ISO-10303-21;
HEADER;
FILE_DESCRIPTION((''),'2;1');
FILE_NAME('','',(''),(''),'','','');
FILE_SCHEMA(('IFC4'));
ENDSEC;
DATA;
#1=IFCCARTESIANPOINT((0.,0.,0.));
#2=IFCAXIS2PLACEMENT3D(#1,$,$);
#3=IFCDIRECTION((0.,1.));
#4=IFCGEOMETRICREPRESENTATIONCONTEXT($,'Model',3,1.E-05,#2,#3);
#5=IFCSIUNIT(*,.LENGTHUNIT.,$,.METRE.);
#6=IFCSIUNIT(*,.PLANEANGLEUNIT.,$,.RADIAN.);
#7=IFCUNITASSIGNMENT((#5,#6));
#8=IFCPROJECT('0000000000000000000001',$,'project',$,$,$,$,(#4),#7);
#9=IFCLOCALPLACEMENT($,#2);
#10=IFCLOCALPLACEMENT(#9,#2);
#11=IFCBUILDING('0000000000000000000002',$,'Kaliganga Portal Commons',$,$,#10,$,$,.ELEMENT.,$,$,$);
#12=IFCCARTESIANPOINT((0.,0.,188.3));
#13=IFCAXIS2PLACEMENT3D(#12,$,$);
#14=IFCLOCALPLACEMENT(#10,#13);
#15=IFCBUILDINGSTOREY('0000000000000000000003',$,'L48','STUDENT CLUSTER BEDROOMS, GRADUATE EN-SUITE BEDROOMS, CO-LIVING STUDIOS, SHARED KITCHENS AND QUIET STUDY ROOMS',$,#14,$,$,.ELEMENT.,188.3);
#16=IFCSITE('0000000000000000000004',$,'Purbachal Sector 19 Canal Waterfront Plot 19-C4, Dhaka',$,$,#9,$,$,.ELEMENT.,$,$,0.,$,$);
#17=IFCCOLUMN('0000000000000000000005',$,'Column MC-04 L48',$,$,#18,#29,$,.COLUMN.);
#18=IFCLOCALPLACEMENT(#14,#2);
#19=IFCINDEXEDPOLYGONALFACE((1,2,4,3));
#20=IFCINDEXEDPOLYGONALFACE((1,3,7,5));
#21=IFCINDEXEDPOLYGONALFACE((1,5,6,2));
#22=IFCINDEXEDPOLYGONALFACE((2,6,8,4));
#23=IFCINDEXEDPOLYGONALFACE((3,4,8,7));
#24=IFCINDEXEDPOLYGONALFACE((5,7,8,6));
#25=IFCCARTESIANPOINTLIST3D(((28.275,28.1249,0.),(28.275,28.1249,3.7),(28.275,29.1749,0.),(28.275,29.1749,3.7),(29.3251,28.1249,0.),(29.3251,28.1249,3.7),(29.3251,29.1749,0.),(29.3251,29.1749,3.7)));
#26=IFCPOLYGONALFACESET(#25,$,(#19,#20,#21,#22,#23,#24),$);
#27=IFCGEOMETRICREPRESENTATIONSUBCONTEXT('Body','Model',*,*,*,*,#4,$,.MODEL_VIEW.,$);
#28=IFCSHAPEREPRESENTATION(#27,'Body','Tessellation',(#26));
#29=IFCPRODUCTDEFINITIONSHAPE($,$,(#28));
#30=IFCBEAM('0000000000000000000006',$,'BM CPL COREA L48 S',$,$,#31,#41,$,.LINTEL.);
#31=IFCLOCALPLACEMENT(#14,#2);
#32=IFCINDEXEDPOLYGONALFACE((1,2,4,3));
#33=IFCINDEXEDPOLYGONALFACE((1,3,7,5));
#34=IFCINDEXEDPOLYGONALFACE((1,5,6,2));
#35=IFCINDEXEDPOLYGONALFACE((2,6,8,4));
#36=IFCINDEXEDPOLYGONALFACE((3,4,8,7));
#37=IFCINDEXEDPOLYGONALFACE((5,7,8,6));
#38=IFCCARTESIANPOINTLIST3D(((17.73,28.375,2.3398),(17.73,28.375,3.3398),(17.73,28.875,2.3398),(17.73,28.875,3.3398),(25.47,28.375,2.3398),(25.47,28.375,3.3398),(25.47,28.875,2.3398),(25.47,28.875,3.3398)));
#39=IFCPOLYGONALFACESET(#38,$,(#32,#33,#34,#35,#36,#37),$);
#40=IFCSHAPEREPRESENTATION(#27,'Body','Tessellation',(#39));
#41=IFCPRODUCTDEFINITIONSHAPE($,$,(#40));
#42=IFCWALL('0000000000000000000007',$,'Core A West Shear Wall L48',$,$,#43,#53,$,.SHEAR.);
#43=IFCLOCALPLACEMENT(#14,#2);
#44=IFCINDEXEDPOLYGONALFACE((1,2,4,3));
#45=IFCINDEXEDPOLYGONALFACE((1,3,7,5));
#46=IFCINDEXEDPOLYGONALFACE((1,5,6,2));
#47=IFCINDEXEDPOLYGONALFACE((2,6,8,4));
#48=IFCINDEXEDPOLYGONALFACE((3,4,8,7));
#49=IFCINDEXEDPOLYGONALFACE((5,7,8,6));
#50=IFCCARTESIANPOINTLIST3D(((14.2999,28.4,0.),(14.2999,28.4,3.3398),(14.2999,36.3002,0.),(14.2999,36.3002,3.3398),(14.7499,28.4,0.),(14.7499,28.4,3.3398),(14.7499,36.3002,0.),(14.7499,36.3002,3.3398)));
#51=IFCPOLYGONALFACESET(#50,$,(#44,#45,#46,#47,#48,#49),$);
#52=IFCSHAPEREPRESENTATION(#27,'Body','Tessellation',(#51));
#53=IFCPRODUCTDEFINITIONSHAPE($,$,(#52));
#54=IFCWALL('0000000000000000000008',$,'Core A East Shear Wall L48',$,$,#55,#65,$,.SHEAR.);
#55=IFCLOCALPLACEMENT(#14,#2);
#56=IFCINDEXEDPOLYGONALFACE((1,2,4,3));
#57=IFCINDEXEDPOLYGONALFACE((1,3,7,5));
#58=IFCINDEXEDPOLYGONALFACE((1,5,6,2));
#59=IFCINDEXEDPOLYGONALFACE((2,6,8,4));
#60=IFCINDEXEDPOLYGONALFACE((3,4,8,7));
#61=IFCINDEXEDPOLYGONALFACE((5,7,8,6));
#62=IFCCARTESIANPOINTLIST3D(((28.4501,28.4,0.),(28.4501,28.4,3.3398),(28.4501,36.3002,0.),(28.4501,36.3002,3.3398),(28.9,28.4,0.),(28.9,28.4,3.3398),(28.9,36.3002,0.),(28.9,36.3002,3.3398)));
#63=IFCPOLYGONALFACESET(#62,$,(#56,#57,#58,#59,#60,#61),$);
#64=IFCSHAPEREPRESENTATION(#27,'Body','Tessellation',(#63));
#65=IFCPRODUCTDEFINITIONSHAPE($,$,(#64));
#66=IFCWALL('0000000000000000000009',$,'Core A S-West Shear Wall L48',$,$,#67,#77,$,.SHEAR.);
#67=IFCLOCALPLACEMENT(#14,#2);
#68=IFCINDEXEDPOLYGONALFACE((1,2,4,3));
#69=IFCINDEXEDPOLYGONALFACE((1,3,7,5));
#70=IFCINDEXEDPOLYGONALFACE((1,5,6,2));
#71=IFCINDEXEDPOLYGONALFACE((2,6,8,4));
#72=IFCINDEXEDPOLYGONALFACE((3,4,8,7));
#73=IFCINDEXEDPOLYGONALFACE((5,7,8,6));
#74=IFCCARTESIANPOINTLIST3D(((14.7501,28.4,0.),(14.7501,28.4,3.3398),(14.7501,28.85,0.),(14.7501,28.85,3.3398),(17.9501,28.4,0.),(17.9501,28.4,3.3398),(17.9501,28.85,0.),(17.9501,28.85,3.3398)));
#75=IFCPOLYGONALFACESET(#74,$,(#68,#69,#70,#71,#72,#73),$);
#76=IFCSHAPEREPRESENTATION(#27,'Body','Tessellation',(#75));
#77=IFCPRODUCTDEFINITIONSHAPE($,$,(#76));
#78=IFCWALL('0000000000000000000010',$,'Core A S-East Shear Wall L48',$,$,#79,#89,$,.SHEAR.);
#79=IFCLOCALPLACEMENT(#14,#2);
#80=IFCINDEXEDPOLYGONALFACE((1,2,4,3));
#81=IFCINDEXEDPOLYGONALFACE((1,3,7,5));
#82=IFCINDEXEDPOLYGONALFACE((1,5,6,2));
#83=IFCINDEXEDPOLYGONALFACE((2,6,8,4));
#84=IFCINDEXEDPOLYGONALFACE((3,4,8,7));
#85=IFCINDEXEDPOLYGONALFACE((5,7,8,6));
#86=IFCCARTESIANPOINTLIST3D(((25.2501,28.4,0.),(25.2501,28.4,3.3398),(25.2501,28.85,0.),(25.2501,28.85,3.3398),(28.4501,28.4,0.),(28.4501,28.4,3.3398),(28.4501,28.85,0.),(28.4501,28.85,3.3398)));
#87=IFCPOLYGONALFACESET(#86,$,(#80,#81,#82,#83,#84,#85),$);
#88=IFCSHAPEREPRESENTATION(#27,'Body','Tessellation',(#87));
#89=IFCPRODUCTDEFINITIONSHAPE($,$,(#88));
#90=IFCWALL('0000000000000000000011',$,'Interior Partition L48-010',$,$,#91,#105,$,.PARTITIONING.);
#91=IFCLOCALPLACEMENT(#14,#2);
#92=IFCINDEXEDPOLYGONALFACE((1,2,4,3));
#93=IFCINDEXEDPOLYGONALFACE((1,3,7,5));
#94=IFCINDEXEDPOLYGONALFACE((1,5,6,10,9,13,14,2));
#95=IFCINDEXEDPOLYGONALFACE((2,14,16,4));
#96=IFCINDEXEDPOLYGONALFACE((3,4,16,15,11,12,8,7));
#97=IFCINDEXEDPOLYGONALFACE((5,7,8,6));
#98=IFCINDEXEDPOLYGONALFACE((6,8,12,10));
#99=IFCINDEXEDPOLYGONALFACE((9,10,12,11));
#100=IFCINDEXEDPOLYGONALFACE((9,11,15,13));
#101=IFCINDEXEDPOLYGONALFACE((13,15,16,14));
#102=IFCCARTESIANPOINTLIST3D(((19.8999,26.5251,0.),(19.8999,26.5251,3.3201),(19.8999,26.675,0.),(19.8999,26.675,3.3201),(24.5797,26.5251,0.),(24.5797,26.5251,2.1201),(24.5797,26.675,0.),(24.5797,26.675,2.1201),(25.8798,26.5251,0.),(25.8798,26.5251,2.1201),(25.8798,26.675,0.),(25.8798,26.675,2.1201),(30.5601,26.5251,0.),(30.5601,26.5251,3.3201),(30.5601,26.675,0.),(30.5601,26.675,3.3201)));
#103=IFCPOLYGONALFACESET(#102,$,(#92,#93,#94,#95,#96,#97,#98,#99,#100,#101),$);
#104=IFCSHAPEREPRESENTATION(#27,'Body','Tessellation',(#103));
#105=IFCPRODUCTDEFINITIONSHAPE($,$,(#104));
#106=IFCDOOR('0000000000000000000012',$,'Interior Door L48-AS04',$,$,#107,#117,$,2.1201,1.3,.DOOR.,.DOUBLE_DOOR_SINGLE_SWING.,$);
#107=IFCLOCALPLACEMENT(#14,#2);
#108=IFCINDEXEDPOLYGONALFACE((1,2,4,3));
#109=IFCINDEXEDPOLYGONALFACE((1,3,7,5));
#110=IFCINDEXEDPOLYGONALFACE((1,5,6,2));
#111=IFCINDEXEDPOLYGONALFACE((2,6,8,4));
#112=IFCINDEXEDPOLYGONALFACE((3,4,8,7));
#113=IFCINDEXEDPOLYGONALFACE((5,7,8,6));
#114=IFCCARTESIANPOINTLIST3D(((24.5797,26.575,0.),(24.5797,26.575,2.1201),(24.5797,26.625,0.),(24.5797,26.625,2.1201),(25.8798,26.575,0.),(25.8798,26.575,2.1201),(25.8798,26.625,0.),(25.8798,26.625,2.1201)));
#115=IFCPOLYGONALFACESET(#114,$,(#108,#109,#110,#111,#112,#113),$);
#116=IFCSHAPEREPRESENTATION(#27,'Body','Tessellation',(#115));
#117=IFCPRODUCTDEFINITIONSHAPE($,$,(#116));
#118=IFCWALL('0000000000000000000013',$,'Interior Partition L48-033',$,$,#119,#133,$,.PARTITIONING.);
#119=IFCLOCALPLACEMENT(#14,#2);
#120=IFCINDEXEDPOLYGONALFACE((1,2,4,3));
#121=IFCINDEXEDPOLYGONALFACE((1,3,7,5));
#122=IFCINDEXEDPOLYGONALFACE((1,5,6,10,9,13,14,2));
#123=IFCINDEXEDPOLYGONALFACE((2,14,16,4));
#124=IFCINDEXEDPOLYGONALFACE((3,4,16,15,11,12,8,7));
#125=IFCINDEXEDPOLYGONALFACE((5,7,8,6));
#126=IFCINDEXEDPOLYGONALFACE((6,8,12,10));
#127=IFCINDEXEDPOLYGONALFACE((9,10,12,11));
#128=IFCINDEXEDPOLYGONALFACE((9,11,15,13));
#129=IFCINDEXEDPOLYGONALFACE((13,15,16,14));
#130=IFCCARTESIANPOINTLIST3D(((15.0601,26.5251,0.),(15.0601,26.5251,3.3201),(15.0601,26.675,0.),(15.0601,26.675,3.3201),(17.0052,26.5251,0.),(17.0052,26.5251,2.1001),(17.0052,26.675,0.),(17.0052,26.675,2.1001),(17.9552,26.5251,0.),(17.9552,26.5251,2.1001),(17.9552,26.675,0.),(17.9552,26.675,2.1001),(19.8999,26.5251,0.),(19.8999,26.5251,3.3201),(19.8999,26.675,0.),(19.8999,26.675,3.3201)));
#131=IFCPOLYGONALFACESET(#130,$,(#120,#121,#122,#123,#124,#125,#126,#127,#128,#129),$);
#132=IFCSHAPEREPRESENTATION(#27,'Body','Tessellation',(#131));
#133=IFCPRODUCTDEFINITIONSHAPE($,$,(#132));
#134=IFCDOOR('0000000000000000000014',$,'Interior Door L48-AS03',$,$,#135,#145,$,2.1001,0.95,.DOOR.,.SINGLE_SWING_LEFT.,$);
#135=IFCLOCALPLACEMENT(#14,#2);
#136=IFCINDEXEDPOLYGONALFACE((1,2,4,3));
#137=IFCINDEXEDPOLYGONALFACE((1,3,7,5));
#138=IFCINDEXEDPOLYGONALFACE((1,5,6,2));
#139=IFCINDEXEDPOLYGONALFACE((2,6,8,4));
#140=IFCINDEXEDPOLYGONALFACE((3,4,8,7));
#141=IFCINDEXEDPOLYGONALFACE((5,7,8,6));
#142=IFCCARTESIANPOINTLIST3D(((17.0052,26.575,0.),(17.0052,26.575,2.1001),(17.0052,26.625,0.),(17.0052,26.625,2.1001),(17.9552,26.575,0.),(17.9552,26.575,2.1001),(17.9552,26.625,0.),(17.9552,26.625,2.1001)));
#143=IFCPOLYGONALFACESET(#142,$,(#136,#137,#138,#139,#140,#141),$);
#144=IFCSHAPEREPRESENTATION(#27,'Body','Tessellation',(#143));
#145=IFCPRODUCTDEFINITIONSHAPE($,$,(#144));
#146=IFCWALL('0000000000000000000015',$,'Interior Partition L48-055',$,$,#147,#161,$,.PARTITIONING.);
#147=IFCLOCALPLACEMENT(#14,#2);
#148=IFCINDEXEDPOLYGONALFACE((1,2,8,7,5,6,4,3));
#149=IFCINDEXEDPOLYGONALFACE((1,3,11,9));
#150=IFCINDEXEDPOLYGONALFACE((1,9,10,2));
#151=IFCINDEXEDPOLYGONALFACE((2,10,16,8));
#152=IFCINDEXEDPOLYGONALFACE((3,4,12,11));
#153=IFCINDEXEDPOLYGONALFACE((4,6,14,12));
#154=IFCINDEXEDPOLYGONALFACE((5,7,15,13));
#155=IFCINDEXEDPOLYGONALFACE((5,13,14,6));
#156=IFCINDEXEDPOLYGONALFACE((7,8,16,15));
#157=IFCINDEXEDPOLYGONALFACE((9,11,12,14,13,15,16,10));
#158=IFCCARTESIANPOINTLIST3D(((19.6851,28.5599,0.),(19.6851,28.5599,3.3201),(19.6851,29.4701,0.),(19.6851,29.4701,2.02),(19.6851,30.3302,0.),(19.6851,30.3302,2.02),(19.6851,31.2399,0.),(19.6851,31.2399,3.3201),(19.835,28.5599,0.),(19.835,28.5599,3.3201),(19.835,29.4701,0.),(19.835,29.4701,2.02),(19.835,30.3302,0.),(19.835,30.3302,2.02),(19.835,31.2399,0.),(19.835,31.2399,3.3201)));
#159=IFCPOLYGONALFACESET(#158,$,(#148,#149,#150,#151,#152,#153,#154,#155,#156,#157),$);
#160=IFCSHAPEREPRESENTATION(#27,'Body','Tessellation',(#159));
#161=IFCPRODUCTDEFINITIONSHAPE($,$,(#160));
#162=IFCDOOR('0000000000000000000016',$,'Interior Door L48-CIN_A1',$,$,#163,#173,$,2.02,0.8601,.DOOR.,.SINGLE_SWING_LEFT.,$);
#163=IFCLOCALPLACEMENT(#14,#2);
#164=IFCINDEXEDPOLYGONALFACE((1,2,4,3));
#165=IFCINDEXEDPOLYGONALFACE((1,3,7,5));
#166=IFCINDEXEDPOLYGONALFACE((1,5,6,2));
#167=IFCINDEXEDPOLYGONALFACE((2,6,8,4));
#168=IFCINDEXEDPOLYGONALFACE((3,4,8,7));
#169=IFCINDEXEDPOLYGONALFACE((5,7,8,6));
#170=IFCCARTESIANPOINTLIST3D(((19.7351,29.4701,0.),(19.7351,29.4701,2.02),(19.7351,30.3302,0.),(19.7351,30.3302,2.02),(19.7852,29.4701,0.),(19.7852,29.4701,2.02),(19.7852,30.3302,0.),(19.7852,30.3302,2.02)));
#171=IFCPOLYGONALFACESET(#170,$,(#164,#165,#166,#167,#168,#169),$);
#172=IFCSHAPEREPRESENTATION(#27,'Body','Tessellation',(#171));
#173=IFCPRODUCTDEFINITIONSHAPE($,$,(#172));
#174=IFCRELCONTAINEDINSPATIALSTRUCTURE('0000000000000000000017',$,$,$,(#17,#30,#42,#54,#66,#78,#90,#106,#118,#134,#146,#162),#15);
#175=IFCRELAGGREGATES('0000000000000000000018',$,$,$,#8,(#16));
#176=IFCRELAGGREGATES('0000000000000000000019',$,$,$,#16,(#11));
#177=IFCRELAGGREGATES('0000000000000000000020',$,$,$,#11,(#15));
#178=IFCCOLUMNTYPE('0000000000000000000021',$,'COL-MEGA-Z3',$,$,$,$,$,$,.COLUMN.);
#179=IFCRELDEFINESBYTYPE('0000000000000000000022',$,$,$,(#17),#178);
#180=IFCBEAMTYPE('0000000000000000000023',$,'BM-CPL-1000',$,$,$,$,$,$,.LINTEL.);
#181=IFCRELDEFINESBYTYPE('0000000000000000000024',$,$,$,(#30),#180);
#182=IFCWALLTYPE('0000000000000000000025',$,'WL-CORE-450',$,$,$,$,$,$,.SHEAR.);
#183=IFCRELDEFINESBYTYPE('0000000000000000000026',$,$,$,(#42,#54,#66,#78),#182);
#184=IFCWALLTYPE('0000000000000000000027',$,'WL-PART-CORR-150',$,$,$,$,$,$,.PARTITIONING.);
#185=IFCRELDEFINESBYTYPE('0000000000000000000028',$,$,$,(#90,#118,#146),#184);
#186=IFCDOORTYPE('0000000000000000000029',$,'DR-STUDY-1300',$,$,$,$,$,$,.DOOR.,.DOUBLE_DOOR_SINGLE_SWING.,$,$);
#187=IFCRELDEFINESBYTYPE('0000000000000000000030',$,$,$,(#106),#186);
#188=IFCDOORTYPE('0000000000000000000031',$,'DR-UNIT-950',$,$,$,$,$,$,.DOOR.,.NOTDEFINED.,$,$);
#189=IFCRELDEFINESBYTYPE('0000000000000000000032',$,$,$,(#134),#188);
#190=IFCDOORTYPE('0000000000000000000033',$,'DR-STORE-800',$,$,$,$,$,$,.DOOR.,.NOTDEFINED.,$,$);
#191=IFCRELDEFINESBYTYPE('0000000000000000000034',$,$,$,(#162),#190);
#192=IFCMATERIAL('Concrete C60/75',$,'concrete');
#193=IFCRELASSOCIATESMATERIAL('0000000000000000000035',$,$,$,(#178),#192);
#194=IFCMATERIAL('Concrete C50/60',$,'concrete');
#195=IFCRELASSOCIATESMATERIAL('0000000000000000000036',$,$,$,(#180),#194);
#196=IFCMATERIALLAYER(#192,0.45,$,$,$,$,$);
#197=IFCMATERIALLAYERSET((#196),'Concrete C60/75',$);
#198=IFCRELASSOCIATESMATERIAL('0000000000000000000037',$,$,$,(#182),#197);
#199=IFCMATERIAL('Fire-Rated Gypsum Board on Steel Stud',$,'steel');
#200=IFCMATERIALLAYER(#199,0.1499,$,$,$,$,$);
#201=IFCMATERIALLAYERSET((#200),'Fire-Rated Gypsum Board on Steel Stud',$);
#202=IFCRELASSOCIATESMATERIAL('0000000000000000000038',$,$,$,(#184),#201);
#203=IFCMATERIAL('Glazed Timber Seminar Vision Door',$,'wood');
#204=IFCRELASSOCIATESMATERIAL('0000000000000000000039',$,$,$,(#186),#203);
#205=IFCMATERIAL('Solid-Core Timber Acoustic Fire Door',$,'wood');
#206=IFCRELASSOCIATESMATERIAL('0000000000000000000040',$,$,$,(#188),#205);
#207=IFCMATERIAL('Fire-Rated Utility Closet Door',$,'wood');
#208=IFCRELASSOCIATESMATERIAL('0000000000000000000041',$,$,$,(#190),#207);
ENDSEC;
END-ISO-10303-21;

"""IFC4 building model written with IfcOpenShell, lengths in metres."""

from ifc_helpers import new_model, si_unit, direction, frame, frame_2d, origin, origin_2d, place, context, subcontext, project, spatial, rectangle, extrude, source, transform, mapped, material, layer, layer_set, material_profile, profile_set, type_object, element, fill, save


model = new_model("IFC4")

# Units and contexts
model_context = context("Model", 3, precision=1e-05, world=origin(), true_north=direction((0.0, 1.0)))
body_context = subcontext(model_context, "Body", "Model", "MODEL_VIEW")
ifc_project = project(units=[si_unit("LENGTHUNIT", "METRE"), si_unit("PLANEANGLEUNIT", "RADIAN")], contexts=[model_context])

# Site, building, storey
site_placement = place(None, origin())
site = spatial("IfcSite", under=ifc_project, at=site_placement, Name="Purbachal Sector 19 Canal Waterfront Plot 19-C4, Dhaka", CompositionType="ELEMENT", RefElevation=0.0)
building_placement = place(site_placement, origin())
building = spatial("IfcBuilding", under=site, at=building_placement, Name="Kaliganga Portal Commons", CompositionType="ELEMENT")
storey_placement = place(building_placement, frame((0.0, 0.0, 188.3)))
storey = spatial("IfcBuildingStorey", under=building, at=storey_placement, Name="L48", Description="STUDENT CLUSTER BEDROOMS, GRADUATE EN-SUITE BEDROOMS, CO-LIVING STUDIOS, SHARED KITCHENS AND QUIET STUDY ROOMS", CompositionType="ELEMENT", Elevation=188.3)

# Column
ifc_material_1 = material(Name="Concrete C60/75", Category="concrete")
ifc_material_profile_1 = material_profile(ifc_material_1, rectangle(XDim=1.05, YDim=1.05, at=origin_2d()), Name="RC 1050x1050")
ifc_profile_set_1 = profile_set([ifc_material_profile_1], Name="Concrete C60/75")
column_type = type_object("IfcColumnType", Name="COL-MEGA-Z3", PredefinedType="COLUMN", material=ifc_profile_set_1)
shared_shape_1 = source(origin(), body_context, "Body", "SweptSolid", [
    extrude(rectangle(XDim=1.05, YDim=1.05, at=origin_2d()), origin(), (0.0, 0.0, 1.0), 3.7),
])
column_placement = place(storey_placement, frame((28.8, 28.6499, 0.0), z_axis=(0.0, 0.0, 1.0), x_axis=(1.0, 0.0, 0.0)))
element("IfcColumn", 1, at=column_placement, inside=storey, type_object=column_type, Name="Column MC-04 L48", PredefinedType="COLUMN", context=body_context, shape_type="MappedRepresentation", body=[
    mapped(shared_shape_1, transform((0.0, 0.0, 0.0), x_axis=(1.0, 0.0, 0.0), y_axis=(0.0, 1.0, 0.0), z_axis=(0.0, 0.0, 1.0), scale=1.0)),
])

# Beam
ifc_material_2 = material(Name="Concrete C50/60", Category="concrete")
ifc_material_profile_2 = material_profile(ifc_material_2, rectangle(XDim=0.5, YDim=1.0, at=origin_2d()), Name="RC 500x1000")
ifc_profile_set_2 = profile_set([ifc_material_profile_2], Name="Concrete C50/60")
beam_type = type_object("IfcBeamType", Name="BM-CPL-1000", PredefinedType="LINTEL", material=ifc_profile_set_2)
shared_shape_2 = source(origin(), body_context, "Body", "SweptSolid", [
    extrude(rectangle(XDim=0.5, YDim=1.0, at=origin_2d()), origin(), (0.0, 0.0, 1.0), 7.74),
])
beam_placement = place(storey_placement, frame((17.73, 28.625, 2.8398), z_axis=(1.0, 0.0, 0.0), x_axis=(0.0, 1.0, 0.0)))
element("IfcBeam", 2, at=beam_placement, inside=storey, type_object=beam_type, Name="BM CPL COREA L48 S", PredefinedType="LINTEL", context=body_context, shape_type="MappedRepresentation", body=[
    mapped(shared_shape_2, transform((0.0, 0.0, 0.0), x_axis=(1.0, 0.0, 0.0), y_axis=(0.0, 1.0, 0.0), z_axis=(0.0, 0.0, 1.0), scale=1.0)),
])

# Walls
ifc_layer_1 = layer(ifc_material_1, 0.45)
ifc_layer_set_1 = layer_set([ifc_layer_1], Name="Concrete C60/75")
wall_type_1 = type_object("IfcWallType", Name="WL-CORE-450", PredefinedType="SHEAR", material=ifc_layer_set_1)
for number, where, z_axis, x_axis, name in (
    (3, (14.5249, 28.3999, 0.0), (0.0, 0.0, 1.0), (0.0, 1.0, 0.0), "Core A West Shear Wall L48"),
    (4, (28.675, 28.3999, 0.0), (0.0, 0.0, 1.0), (0.0, 1.0, 0.0), "Core A East Shear Wall L48"),
):
    element("IfcWall", number, at=place(storey_placement, frame(where, z_axis=z_axis, x_axis=x_axis)), inside=storey, type_object=wall_type_1, Name=name, PredefinedType="SHEAR", context=body_context, shape_type="SweptSolid", body=[
        extrude(rectangle(XDim=7.9001, YDim=0.45, at=frame_2d((3.9502, 0.0))), origin(), (0.0, 0.0, 1.0), 3.3398),
    ])
for number, where, z_axis, x_axis, name in (
    (5, (14.75, 28.625, 0.0), (0.0, 0.0, 1.0), (1.0, 0.0, 0.0), "Core A S-West Shear Wall L48"),
    (6, (25.25, 28.625, 0.0), (0.0, 0.0, 1.0), (1.0, 0.0, 0.0), "Core A S-East Shear Wall L48"),
):
    element("IfcWall", number, at=place(storey_placement, frame(where, z_axis=z_axis, x_axis=x_axis)), inside=storey, type_object=wall_type_1, Name=name, PredefinedType="SHEAR", context=body_context, shape_type="SweptSolid", body=[
        extrude(rectangle(XDim=3.2, YDim=0.45, at=frame_2d((1.6001, 0.0))), origin(), (0.0, 0.0, 1.0), 3.3398),
    ])

# Walls, openings, doors
ifc_material_3 = material(Name="Fire-Rated Gypsum Board on Steel Stud", Category="steel")
ifc_layer_2 = layer(ifc_material_3, 0.1499)
ifc_layer_set_2 = layer_set([ifc_layer_2], Name="Fire-Rated Gypsum Board on Steel Stud")
wall_type_2 = type_object("IfcWallType", Name="WL-PART-CORR-150", PredefinedType="PARTITIONING", material=ifc_layer_set_2)
wall_1_placement = place(storey_placement, frame((19.8999, 26.6001, 0.0), z_axis=(0.0, 0.0, 1.0), x_axis=(1.0, 0.0, 0.0)))
wall_1 = element("IfcWall", 7, at=wall_1_placement, inside=storey, type_object=wall_type_2, Name="Interior Partition L48-010", PredefinedType="PARTITIONING", context=body_context, shape_type="SweptSolid", body=[
    extrude(rectangle(XDim=10.6602, YDim=0.1499, at=frame_2d((5.3301, 0.0))), origin(), (0.0, 0.0, 1.0), 3.3201),
])
opening_1_placement = place(wall_1_placement, frame((4.6799, 0.0, 0.0)))
opening_1 = element("IfcOpeningElement", 8, at=opening_1_placement, cuts=wall_1, PredefinedType="OPENING", context=body_context, shape_type="SweptSolid", body=[
    extrude(rectangle(XDim=1.3, YDim=2.1201, at=frame_2d((0.6499, 1.0601))), frame((0.0, 0.085, 0.0), z_axis=(0.0, -1.0, 0.0), x_axis=(1.0, 0.0, 0.0)), (0.0, 0.0, 1.0), 0.1699),
])
ifc_material_4 = material(Name="Glazed Timber Seminar Vision Door", Category="wood")
door_type_1 = type_object("IfcDoorType", Name="DR-STUDY-1300", OperationType="DOUBLE_DOOR_SINGLE_SWING", PredefinedType="DOOR", material=ifc_material_4)
door_1_placement = place(opening_1_placement, origin())
door_1 = element("IfcDoor", 9, at=door_1_placement, inside=storey, type_object=door_type_1, Name="Interior Door L48-AS04", OperationType="DOUBLE_DOOR_SINGLE_SWING", OverallHeight=2.1201, OverallWidth=1.3, PredefinedType="DOOR", context=body_context, shape_type="SweptSolid", body=[
    extrude(rectangle(XDim=1.3, YDim=2.1201, at=frame_2d((0.6499, 1.0601))), frame((0.0, 0.0249, 0.0), z_axis=(0.0, -1.0, 0.0), x_axis=(1.0, 0.0, 0.0)), (0.0, 0.0, 1.0), 0.05),
])
fill(opening_1, door_1)
wall_2_placement = place(storey_placement, frame((15.0601, 26.6001, 0.0), z_axis=(0.0, 0.0, 1.0), x_axis=(1.0, 0.0, 0.0)))
wall_2 = element("IfcWall", 10, at=wall_2_placement, inside=storey, type_object=wall_type_2, Name="Interior Partition L48-033", PredefinedType="PARTITIONING", context=body_context, shape_type="SweptSolid", body=[
    extrude(rectangle(XDim=4.8398, YDim=0.1499, at=frame_2d((2.4199, 0.0))), origin(), (0.0, 0.0, 1.0), 3.3201),
])
opening_2_placement = place(wall_2_placement, frame((1.9451, 0.0, 0.0)))
opening_2 = element("IfcOpeningElement", 11, at=opening_2_placement, cuts=wall_2, PredefinedType="OPENING", context=body_context, shape_type="SweptSolid", body=[
    extrude(rectangle(XDim=0.95, YDim=2.1001, at=frame_2d((0.4751, 1.05))), frame((0.0, 0.085, 0.0), z_axis=(0.0, -1.0, 0.0), x_axis=(1.0, 0.0, 0.0)), (0.0, 0.0, 1.0), 0.1699),
])
ifc_material_5 = material(Name="Solid-Core Timber Acoustic Fire Door", Category="wood")
door_type_2 = type_object("IfcDoorType", Name="DR-UNIT-950", OperationType="NOTDEFINED", PredefinedType="DOOR", material=ifc_material_5)
door_2_placement = place(opening_2_placement, origin())
door_2 = element("IfcDoor", 12, at=door_2_placement, inside=storey, type_object=door_type_2, Name="Interior Door L48-AS03", OperationType="SINGLE_SWING_LEFT", OverallHeight=2.1001, OverallWidth=0.95, PredefinedType="DOOR", context=body_context, shape_type="SweptSolid", body=[
    extrude(rectangle(XDim=0.95, YDim=2.1001, at=frame_2d((0.4751, 1.05))), frame((0.0, 0.0249, 0.0), z_axis=(0.0, -1.0, 0.0), x_axis=(1.0, 0.0, 0.0)), (0.0, 0.0, 1.0), 0.05),
])
fill(opening_2, door_2)
wall_3_placement = place(storey_placement, frame((19.76, 28.5601, 0.0), z_axis=(0.0, 0.0, 1.0), x_axis=(0.0, 1.0, 0.0)))
wall_3 = element("IfcWall", 13, at=wall_3_placement, inside=storey, type_object=wall_type_2, Name="Interior Partition L48-055", PredefinedType="PARTITIONING", context=body_context, shape_type="SweptSolid", body=[
    extrude(rectangle(XDim=2.6799, YDim=0.1499, at=frame_2d((1.3398, 0.0))), origin(), (0.0, 0.0, 1.0), 3.3201),
])
opening_3_placement = place(wall_3_placement, frame((0.9099, 0.0, 0.0)))
opening_3 = element("IfcOpeningElement", 14, at=opening_3_placement, cuts=wall_3, PredefinedType="OPENING", context=body_context, shape_type="SweptSolid", body=[
    extrude(rectangle(XDim=0.8601, YDim=2.02, at=frame_2d((0.4302, 1.01))), frame((0.0, 0.085, 0.0), z_axis=(0.0, -1.0, 0.0), x_axis=(1.0, 0.0, 0.0)), (0.0, 0.0, 1.0), 0.1699),
])
ifc_material_6 = material(Name="Fire-Rated Utility Closet Door", Category="wood")
door_type_3 = type_object("IfcDoorType", Name="DR-STORE-800", OperationType="NOTDEFINED", PredefinedType="DOOR", material=ifc_material_6)
door_3_placement = place(opening_3_placement, origin())
door_3 = element("IfcDoor", 15, at=door_3_placement, inside=storey, type_object=door_type_3, Name="Interior Door L48-CIN_A1", OperationType="SINGLE_SWING_LEFT", OverallHeight=2.02, OverallWidth=0.8601, PredefinedType="DOOR", context=body_context, shape_type="SweptSolid", body=[
    extrude(rectangle(XDim=0.8601, YDim=2.02, at=frame_2d((0.4302, 1.01))), frame((0.0, 0.0249, 0.0), z_axis=(0.0, -1.0, 0.0), x_axis=(1.0, 0.0, 0.0)), (0.0, 0.0, 1.0), 0.05),
])
fill(opening_3, door_3)

save(model, "model.ifc")
